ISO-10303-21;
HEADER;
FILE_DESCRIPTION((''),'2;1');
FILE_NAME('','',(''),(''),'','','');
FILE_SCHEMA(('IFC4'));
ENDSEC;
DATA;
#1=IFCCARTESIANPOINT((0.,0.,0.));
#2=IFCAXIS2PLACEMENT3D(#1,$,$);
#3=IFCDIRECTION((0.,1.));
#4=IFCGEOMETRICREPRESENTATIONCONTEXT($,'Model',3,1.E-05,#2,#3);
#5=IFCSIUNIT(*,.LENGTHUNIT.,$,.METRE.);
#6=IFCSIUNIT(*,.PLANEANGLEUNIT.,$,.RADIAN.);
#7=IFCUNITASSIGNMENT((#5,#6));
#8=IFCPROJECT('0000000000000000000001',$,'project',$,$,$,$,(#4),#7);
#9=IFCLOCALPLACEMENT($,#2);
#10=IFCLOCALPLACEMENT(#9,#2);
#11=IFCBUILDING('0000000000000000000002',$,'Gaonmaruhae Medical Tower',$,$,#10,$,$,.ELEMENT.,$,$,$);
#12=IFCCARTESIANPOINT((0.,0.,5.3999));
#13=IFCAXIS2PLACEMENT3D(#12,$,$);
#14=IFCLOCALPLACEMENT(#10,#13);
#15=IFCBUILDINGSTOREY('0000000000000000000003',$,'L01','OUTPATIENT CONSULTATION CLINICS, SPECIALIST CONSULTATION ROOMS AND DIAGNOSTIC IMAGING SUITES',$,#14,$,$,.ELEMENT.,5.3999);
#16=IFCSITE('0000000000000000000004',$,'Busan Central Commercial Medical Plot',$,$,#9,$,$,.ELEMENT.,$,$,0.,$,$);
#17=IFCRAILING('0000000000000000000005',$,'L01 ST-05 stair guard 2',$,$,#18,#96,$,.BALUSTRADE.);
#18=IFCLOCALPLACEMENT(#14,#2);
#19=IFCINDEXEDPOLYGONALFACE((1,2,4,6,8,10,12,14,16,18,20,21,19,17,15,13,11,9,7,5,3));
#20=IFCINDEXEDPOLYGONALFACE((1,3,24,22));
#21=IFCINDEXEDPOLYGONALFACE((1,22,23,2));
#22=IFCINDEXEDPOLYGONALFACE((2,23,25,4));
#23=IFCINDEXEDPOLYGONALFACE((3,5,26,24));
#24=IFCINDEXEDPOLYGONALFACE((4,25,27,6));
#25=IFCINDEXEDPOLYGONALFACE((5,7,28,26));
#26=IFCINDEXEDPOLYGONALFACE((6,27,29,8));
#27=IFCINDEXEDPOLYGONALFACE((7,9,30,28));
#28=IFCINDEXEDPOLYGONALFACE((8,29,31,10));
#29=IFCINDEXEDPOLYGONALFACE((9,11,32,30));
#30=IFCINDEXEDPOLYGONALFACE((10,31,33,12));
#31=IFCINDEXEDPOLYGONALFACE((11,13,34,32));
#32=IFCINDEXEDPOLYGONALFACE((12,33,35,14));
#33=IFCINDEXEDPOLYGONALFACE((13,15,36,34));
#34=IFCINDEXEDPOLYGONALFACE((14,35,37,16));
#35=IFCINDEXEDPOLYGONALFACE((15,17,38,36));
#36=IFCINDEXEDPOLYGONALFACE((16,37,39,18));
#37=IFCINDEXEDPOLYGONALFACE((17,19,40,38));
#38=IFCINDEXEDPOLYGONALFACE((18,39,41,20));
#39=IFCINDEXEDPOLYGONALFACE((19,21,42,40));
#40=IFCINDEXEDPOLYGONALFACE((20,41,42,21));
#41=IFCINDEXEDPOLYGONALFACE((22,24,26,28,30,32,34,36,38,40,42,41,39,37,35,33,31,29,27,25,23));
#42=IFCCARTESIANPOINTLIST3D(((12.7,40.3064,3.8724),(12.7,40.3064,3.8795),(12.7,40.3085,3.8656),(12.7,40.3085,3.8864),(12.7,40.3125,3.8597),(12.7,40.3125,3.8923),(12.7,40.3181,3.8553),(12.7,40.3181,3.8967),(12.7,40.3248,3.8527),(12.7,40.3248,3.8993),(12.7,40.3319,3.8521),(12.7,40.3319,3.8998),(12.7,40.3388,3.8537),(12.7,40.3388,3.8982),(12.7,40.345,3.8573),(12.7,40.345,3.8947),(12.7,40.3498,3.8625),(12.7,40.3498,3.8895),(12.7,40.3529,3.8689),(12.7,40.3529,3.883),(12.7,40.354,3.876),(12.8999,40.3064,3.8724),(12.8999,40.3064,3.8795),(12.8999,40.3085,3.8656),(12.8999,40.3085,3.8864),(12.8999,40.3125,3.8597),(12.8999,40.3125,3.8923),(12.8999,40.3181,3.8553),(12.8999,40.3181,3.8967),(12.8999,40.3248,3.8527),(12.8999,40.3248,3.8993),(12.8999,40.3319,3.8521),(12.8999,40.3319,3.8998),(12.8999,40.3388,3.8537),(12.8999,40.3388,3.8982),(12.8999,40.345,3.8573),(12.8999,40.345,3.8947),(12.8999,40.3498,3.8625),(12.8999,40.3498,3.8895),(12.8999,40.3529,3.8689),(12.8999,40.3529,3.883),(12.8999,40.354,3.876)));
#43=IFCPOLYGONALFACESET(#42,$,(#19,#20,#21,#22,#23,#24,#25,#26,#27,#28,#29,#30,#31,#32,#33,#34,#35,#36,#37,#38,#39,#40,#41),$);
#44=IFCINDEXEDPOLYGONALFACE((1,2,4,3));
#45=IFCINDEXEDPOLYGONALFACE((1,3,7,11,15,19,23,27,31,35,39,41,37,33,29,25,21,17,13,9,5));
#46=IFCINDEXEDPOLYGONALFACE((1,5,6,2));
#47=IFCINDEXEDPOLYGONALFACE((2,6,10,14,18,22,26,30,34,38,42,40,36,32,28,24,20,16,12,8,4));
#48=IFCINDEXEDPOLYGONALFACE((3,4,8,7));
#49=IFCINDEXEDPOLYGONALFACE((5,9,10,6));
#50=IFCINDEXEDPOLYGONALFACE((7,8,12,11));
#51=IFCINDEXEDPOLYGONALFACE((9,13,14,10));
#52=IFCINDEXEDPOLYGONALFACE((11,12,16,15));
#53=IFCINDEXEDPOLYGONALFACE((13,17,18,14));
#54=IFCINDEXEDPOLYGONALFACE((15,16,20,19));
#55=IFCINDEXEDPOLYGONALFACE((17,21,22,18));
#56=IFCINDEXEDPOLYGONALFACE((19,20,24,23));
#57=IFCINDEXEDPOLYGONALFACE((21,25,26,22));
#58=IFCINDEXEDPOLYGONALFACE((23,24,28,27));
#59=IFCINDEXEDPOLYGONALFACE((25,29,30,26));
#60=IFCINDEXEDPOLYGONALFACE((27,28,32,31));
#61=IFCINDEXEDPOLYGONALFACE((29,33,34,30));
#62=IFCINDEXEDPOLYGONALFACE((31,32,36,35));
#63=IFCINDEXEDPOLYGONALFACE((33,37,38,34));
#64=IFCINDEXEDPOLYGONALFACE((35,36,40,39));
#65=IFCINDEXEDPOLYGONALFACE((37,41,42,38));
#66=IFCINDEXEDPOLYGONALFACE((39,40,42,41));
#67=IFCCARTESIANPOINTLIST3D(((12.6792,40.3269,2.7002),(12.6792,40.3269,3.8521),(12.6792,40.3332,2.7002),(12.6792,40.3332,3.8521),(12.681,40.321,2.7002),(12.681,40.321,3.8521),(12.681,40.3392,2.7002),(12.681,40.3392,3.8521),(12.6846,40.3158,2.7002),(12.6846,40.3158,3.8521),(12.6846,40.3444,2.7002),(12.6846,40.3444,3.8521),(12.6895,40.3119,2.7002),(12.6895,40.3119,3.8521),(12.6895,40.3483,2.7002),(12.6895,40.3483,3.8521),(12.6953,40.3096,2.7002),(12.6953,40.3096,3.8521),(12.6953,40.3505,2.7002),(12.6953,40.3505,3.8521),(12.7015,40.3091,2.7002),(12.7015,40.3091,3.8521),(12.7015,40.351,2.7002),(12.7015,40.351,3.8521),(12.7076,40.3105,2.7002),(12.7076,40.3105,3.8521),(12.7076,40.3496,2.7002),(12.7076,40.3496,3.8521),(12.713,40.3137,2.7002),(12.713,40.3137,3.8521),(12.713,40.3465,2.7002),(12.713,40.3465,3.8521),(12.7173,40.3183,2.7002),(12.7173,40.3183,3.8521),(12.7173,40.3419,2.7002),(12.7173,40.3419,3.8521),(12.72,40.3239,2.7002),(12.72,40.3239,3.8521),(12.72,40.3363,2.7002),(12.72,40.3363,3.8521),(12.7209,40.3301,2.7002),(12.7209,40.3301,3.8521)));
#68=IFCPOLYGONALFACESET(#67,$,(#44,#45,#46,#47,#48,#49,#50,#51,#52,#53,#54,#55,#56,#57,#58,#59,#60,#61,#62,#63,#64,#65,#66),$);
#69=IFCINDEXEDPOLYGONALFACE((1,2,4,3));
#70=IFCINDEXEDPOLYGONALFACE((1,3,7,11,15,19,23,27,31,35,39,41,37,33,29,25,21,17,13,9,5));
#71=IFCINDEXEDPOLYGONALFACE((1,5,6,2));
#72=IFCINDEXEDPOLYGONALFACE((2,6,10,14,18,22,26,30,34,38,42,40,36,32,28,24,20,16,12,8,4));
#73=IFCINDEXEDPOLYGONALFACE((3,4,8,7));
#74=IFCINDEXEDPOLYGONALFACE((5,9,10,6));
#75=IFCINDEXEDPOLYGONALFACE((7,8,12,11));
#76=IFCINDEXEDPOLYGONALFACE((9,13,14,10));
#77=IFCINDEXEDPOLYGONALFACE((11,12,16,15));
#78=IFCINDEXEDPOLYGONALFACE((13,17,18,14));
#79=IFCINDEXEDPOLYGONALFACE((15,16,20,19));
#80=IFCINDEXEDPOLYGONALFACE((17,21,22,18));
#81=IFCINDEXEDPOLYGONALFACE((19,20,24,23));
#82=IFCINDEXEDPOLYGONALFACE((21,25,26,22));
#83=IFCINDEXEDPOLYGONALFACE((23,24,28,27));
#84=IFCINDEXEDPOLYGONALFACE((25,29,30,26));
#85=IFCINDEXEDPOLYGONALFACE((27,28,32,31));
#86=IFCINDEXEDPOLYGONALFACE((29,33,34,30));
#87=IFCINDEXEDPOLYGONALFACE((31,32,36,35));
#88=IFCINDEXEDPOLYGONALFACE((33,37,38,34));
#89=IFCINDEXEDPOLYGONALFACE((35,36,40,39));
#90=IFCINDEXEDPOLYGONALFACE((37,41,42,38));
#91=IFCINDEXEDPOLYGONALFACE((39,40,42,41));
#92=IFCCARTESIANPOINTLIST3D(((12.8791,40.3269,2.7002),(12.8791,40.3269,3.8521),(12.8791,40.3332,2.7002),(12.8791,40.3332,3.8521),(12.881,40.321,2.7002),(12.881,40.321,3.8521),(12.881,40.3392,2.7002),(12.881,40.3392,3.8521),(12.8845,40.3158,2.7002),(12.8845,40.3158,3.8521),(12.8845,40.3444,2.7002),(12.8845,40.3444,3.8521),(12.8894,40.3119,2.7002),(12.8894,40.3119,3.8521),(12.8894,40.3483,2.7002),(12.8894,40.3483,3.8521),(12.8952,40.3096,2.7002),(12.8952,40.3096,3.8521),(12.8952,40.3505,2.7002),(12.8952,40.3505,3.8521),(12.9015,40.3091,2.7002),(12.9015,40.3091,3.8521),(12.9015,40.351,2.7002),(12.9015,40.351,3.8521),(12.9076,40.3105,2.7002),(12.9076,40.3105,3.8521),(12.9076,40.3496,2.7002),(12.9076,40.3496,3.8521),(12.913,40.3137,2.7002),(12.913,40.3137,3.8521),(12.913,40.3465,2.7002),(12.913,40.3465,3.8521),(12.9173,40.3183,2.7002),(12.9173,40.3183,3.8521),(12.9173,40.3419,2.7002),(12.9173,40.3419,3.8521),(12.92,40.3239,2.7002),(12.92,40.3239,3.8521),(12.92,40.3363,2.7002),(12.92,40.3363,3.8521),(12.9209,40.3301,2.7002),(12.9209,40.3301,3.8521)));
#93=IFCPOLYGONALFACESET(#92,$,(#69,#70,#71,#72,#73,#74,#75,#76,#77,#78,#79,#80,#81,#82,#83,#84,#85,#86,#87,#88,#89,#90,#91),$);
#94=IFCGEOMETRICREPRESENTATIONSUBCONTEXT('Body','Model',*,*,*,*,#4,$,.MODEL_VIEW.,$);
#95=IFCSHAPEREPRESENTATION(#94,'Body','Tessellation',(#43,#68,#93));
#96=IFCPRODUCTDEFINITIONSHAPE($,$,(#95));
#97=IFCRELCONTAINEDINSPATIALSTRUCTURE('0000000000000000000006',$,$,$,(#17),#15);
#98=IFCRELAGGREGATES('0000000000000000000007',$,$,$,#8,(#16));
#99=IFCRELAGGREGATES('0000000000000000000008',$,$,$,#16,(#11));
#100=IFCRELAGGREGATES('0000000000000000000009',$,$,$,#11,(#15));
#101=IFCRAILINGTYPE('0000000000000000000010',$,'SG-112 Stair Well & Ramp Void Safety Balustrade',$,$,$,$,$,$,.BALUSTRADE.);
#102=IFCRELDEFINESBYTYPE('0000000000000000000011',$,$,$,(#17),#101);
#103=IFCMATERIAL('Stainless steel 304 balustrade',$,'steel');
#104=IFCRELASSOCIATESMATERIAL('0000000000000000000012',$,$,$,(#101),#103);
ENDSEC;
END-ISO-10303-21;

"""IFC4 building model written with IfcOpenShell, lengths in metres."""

from ifc_helpers import new_model, si_unit, direction, frame, origin, origin_2d, place, context, subcontext, project, spatial, circle, extrude, material, type_object, element, save


model = new_model("IFC4")

# Units and contexts
model_context = context("Model", 3, precision=1e-05, world=origin(), true_north=direction((0.0, 1.0)))
body_context = subcontext(model_context, "Body", "Model", "MODEL_VIEW")
ifc_project = project(units=[si_unit("LENGTHUNIT", "METRE"), si_unit("PLANEANGLEUNIT", "RADIAN")], contexts=[model_context])

# Site, building, storey
site_placement = place(None, origin())
site = spatial("IfcSite", under=ifc_project, at=site_placement, Name="Busan Central Commercial Medical Plot", CompositionType="ELEMENT", RefElevation=0.0)
building_placement = place(site_placement, origin())
building = spatial("IfcBuilding", under=site, at=building_placement, Name="Gaonmaruhae Medical Tower", CompositionType="ELEMENT")
storey_placement = place(building_placement, frame((0.0, 0.0, 5.3999)))
storey = spatial("IfcBuildingStorey", under=building, at=storey_placement, Name="L01", Description="OUTPATIENT CONSULTATION CLINICS, SPECIALIST CONSULTATION ROOMS AND DIAGNOSTIC IMAGING SUITES", CompositionType="ELEMENT", Elevation=5.3999)

# Railing
ifc_material_1 = material(Name="Stainless steel 304 balustrade", Category="steel")
railing_type_1 = type_object("IfcRailingType", Name="SG-112 Stair Well & Ramp Void Safety Balustrade", PredefinedType="BALUSTRADE", material=ifc_material_1)
railing_1_placement = place(storey_placement, frame((12.7, 40.3301, 2.7002)))
element("IfcRailing", 1, at=railing_1_placement, inside=storey, type_object=railing_type_1, Name="L01 ST-05 stair guard 2", PredefinedType="BALUSTRADE", context=body_context, shape_type="SweptSolid", body=[
    extrude(circle(Radius=0.0239, at=origin_2d()), frame((0.0, 0.0, 1.1758), z_axis=(1.0, 0.0, 0.0), x_axis=(0.0, 1.0, 0.0)), (0.0, 0.0, 1.0), 0.2),
    extrude(circle(Radius=0.021, at=origin_2d()), origin(), (0.0, 0.0, 1.0), 1.1519),
    extrude(circle(Radius=0.021, at=origin_2d()), frame((0.2, 0.0, 0.0)), (0.0, 0.0, 1.0), 1.1519),
])

save(model, "model.ifc")
